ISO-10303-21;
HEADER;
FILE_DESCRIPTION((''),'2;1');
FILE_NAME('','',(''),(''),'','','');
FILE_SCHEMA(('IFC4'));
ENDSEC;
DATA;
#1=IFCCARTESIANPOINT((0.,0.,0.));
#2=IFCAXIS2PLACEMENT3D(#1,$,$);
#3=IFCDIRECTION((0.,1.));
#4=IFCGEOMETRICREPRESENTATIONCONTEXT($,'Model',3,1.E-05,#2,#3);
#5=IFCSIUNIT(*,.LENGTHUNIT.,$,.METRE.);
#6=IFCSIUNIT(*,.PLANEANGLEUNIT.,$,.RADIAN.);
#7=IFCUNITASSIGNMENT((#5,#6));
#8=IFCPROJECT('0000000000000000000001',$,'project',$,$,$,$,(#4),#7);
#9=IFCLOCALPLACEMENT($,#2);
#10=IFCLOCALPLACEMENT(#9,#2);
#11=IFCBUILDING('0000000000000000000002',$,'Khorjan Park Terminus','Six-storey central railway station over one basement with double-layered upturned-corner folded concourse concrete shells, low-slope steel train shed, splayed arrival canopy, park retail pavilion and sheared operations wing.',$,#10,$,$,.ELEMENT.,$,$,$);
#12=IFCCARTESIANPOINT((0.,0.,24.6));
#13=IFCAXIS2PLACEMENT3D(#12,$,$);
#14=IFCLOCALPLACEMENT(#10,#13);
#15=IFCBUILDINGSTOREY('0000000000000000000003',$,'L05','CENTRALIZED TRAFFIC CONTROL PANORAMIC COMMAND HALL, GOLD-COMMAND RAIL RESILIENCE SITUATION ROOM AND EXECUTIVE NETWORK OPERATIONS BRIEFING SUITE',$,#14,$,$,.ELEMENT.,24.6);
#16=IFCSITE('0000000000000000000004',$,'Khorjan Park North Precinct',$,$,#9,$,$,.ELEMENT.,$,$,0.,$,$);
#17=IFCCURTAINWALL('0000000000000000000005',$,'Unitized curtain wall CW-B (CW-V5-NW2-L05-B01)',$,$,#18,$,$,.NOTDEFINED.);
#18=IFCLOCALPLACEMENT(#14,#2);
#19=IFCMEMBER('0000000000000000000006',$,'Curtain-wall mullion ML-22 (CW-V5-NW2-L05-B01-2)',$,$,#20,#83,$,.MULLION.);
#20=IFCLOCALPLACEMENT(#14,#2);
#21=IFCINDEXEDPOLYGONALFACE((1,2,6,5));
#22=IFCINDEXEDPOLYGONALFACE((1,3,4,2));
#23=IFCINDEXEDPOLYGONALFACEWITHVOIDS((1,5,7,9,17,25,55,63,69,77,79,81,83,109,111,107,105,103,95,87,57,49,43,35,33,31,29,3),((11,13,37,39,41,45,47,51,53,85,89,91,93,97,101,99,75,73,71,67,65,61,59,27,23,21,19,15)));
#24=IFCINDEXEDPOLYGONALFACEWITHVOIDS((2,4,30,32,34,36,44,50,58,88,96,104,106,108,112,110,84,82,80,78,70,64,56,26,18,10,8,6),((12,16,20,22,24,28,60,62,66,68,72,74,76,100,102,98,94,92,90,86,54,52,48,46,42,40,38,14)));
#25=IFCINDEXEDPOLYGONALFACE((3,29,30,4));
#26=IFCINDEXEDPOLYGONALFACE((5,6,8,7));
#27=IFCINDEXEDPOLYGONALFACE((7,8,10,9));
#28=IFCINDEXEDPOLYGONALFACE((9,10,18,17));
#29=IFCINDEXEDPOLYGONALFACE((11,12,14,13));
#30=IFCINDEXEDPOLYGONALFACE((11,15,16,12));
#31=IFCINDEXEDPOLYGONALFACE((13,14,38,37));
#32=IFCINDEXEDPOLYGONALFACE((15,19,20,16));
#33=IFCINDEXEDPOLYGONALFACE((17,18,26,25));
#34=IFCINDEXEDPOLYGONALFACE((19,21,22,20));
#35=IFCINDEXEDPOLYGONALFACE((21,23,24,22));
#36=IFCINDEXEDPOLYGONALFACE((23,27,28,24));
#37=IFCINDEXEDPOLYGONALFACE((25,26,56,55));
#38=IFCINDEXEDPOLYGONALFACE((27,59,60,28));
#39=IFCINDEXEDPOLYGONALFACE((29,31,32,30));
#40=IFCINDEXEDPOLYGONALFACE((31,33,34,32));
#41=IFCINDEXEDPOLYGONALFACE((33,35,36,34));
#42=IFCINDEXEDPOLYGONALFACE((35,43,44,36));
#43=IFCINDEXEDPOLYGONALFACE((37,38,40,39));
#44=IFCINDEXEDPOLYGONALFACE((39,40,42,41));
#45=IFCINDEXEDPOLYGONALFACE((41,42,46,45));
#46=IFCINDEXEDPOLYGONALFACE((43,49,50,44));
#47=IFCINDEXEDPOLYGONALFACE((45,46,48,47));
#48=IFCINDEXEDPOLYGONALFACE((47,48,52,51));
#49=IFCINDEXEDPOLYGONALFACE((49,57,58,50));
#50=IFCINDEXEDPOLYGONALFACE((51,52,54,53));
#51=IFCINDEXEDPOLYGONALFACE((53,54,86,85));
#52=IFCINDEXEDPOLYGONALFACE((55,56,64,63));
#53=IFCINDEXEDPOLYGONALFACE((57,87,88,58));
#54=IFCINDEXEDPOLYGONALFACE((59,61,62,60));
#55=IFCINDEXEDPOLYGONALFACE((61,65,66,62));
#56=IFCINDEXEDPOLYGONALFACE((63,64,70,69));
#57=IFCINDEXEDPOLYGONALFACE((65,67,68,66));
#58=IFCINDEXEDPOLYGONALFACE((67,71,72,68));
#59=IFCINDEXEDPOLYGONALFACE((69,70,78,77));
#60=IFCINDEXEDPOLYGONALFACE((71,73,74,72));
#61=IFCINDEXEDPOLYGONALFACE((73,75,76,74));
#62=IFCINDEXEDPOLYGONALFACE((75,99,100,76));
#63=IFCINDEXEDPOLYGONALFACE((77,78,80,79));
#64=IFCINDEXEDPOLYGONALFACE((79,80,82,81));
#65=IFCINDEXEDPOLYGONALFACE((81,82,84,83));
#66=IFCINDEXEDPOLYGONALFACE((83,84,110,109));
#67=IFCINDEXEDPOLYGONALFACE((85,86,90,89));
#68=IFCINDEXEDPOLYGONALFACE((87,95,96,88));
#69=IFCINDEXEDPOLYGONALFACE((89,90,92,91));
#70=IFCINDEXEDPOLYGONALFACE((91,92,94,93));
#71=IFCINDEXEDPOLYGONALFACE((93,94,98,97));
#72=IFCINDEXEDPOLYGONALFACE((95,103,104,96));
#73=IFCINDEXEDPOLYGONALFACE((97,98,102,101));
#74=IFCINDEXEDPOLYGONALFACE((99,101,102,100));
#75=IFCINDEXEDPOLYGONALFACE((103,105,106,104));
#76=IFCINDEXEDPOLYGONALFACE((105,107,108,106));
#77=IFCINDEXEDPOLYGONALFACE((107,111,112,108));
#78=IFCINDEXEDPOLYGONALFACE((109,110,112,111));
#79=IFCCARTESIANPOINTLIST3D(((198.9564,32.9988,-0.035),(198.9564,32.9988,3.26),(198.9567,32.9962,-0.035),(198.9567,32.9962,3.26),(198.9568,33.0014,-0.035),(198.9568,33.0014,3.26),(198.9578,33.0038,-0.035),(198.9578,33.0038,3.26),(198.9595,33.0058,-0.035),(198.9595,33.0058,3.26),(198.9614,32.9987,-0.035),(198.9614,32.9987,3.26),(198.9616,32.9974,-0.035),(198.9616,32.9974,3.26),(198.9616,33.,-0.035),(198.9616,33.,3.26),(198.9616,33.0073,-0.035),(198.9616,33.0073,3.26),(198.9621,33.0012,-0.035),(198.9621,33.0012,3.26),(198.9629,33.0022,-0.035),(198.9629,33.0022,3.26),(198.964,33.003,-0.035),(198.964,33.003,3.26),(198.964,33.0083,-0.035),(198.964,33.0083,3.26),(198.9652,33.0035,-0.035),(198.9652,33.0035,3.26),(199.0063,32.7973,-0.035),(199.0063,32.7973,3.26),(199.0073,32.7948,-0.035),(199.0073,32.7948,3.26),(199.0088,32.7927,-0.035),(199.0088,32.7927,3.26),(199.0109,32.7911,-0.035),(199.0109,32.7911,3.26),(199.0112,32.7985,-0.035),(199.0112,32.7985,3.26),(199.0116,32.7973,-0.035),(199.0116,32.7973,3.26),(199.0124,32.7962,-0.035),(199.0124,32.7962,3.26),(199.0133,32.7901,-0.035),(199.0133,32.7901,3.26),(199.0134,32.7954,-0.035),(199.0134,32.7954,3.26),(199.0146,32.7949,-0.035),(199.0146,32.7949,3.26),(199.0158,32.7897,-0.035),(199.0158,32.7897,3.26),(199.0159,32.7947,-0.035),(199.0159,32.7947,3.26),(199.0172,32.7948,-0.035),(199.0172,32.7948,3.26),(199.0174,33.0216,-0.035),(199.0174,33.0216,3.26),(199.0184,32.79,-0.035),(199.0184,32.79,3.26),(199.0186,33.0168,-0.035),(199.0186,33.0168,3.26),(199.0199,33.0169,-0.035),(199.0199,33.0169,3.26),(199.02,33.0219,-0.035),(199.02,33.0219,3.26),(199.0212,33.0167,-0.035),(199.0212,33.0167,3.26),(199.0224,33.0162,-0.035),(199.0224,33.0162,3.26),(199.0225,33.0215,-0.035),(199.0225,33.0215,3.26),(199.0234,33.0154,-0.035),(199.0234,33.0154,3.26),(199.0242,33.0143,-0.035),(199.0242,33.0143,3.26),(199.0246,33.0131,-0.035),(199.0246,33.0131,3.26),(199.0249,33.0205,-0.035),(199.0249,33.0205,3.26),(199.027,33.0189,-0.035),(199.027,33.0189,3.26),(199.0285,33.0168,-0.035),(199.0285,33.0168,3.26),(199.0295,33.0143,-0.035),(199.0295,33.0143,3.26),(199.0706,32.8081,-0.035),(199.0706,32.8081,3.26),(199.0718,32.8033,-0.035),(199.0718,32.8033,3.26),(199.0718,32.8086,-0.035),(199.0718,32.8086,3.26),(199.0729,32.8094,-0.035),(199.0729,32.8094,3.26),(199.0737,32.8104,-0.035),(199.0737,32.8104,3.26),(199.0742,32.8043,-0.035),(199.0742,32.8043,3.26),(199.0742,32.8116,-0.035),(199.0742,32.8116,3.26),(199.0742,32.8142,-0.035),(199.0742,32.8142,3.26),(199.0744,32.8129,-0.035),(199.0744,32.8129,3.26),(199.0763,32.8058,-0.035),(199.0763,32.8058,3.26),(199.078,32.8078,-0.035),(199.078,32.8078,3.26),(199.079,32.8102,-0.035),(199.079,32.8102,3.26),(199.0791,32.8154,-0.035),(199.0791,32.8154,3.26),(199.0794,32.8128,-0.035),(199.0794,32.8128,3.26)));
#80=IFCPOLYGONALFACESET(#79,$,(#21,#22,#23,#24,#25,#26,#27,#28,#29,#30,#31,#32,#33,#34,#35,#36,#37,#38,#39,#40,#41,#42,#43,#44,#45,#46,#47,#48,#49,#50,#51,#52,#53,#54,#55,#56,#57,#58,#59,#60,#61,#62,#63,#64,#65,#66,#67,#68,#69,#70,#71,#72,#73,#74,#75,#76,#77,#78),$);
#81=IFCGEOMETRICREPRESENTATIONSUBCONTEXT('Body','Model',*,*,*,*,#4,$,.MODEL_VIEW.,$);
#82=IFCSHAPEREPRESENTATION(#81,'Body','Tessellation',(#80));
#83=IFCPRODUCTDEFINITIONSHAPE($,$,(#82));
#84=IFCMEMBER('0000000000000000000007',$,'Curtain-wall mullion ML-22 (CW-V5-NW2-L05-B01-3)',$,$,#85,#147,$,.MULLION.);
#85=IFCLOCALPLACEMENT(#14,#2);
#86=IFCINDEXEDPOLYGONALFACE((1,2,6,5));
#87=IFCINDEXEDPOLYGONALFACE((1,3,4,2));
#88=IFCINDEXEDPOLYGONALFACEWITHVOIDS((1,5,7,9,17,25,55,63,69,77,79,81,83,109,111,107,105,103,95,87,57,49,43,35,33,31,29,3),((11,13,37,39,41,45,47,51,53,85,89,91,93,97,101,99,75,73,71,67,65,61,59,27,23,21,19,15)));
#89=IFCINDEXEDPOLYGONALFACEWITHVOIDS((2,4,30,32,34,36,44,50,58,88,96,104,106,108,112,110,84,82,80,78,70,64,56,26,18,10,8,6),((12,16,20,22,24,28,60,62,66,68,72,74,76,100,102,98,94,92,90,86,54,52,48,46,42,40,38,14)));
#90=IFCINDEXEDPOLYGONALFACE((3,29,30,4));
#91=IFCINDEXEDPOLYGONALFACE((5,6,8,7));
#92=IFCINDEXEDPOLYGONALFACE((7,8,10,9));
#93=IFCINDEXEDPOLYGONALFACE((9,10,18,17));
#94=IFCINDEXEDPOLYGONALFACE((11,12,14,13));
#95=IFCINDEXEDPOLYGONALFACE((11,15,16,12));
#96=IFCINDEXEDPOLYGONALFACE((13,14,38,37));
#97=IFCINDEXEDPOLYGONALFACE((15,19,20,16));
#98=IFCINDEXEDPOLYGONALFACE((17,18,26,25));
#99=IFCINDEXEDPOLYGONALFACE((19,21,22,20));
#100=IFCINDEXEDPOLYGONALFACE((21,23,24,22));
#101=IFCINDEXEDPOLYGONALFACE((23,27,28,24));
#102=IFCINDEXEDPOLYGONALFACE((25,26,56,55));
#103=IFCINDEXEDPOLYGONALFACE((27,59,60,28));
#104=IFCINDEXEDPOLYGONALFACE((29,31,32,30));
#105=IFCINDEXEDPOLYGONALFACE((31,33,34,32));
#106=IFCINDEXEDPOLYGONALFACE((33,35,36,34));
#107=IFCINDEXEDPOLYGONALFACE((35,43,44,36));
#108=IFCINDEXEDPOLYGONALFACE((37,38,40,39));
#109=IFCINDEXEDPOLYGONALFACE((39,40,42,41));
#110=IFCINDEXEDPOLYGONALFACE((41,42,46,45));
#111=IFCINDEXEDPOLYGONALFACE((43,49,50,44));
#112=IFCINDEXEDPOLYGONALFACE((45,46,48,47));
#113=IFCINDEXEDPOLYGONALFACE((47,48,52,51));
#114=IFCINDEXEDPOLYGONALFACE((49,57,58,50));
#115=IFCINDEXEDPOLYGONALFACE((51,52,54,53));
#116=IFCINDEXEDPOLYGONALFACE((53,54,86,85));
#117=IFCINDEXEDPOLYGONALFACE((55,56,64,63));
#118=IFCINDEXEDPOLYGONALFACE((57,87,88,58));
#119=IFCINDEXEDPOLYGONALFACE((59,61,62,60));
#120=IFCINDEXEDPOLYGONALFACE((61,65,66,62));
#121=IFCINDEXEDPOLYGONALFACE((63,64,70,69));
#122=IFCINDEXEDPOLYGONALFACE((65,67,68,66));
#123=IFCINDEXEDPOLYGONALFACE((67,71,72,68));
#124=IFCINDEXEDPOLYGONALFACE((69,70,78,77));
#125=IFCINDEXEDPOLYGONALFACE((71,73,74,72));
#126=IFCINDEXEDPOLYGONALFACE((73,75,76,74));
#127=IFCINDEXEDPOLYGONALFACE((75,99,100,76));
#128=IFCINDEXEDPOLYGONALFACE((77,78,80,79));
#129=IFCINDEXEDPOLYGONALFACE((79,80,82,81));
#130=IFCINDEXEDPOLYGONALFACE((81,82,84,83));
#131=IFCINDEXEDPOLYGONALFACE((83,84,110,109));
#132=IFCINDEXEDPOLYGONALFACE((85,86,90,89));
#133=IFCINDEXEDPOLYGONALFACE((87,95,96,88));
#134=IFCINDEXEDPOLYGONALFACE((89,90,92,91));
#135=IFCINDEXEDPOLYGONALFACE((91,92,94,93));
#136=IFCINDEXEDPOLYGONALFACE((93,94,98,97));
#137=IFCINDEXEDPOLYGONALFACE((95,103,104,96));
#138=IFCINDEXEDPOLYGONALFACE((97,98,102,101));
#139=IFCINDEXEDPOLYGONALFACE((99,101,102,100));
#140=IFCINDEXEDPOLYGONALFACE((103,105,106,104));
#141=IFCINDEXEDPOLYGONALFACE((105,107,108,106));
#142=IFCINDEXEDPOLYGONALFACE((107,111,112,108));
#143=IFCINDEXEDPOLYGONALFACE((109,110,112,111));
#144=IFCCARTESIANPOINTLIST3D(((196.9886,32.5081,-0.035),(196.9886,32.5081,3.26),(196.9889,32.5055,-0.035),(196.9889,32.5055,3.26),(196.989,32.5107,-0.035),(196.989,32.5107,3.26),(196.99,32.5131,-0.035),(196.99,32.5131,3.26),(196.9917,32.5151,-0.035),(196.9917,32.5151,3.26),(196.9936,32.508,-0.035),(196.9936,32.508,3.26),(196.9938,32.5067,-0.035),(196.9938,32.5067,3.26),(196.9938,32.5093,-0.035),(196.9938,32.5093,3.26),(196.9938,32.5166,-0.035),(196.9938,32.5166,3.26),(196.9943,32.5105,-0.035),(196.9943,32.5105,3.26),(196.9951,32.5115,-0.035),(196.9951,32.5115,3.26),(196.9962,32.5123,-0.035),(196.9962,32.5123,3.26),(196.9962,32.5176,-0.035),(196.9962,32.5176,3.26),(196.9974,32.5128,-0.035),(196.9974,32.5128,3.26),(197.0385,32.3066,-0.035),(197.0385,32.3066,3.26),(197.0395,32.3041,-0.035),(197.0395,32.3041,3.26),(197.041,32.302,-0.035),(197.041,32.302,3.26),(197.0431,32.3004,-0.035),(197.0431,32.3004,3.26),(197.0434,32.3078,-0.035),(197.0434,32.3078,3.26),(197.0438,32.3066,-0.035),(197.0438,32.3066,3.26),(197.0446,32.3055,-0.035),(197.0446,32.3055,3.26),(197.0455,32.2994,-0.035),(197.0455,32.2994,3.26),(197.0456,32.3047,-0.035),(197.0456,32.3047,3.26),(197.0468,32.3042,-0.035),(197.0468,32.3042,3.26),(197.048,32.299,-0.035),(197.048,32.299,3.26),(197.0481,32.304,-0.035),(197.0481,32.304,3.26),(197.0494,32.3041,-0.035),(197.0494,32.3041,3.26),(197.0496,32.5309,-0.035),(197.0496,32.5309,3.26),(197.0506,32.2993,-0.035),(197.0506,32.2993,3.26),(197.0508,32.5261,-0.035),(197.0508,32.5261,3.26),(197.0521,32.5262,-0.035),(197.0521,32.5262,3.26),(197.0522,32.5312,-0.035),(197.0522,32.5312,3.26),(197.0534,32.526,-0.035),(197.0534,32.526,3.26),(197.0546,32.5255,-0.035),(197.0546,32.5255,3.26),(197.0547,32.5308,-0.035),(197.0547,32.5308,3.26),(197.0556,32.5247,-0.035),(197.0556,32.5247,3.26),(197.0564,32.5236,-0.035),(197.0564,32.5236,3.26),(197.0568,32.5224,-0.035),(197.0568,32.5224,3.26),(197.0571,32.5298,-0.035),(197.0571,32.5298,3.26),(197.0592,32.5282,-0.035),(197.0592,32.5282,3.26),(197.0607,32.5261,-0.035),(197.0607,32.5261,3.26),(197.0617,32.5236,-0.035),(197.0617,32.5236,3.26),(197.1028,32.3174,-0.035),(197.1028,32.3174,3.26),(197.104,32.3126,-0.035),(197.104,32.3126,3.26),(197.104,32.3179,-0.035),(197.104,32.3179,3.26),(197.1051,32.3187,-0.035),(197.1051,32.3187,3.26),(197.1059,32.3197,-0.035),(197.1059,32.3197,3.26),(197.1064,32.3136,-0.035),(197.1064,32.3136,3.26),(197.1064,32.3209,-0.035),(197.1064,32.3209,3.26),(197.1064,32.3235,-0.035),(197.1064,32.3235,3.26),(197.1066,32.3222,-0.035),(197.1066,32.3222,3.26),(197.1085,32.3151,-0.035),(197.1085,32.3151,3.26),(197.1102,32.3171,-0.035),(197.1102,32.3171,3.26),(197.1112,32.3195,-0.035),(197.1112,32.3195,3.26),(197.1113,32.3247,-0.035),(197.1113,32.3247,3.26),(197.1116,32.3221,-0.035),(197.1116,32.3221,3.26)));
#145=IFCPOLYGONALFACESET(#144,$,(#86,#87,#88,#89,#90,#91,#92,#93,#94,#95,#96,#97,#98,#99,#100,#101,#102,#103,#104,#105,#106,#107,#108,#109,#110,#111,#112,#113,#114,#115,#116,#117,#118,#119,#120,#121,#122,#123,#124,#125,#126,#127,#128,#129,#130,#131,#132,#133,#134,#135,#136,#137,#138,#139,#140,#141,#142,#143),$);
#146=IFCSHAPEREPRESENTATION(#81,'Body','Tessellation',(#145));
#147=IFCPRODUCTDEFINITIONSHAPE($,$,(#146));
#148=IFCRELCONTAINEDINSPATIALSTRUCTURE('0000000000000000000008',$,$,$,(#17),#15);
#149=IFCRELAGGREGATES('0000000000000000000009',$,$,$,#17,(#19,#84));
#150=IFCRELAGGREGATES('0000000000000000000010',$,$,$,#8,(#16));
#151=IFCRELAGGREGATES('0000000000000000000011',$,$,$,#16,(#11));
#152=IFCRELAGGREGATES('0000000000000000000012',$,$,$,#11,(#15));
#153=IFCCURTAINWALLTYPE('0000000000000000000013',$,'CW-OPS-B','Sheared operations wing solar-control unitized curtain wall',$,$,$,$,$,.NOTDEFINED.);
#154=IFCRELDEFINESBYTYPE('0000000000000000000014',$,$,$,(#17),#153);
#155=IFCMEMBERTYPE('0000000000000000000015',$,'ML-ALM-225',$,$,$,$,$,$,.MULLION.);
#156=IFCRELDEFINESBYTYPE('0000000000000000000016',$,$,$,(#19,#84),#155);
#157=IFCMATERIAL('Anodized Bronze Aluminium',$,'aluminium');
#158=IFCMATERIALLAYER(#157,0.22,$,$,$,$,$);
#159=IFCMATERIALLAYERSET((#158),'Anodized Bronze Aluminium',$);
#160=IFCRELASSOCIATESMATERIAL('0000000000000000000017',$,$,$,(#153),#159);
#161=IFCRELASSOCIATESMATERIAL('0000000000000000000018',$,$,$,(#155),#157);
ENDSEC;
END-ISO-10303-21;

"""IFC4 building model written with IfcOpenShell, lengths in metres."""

from ifc_helpers import new_model, si_unit, direction, frame, origin, origin_2d, place, context, subcontext, project, spatial, hollow_rectangle, extrude, material, layer, layer_set, material_profile, profile_set, type_object, element, aggregate, save


model = new_model("IFC4")

# Units and contexts
model_context = context("Model", 3, precision=1e-05, world=origin(), true_north=direction((0.0, 1.0)))
body_context = subcontext(model_context, "Body", "Model", "MODEL_VIEW")
ifc_project = project(units=[si_unit("LENGTHUNIT", "METRE"), si_unit("PLANEANGLEUNIT", "RADIAN")], contexts=[model_context])

# Site, building, storey
site_placement = place(None, origin())
site = spatial("IfcSite", under=ifc_project, at=site_placement, Name="Khorjan Park North Precinct", CompositionType="ELEMENT", RefElevation=0.0)
building_placement = place(site_placement, origin())
building = spatial("IfcBuilding", under=site, at=building_placement, Name="Khorjan Park Terminus", Description="Six-storey central railway station over one basement with double-layered upturned-corner folded concourse concrete shells, low-slope steel train shed, splayed arrival canopy, park retail pavilion and sheared operations wing.", CompositionType="ELEMENT")
storey_placement = place(building_placement, frame((0.0, 0.0, 24.6)))
storey = spatial("IfcBuildingStorey", under=building, at=storey_placement, Name="L05", Description="CENTRALIZED TRAFFIC CONTROL PANORAMIC COMMAND HALL, GOLD-COMMAND RAIL RESILIENCE SITUATION ROOM AND EXECUTIVE NETWORK OPERATIONS BRIEFING SUITE", CompositionType="ELEMENT", Elevation=24.6)

# Curtain wall, members
ifc_material_1 = material(Name="Anodized Bronze Aluminium", Category="aluminium")
ifc_layer_1 = layer(ifc_material_1, 0.22)
ifc_layer_set_1 = layer_set([ifc_layer_1], Name="Anodized Bronze Aluminium")
curtain_wall_type = type_object("IfcCurtainWallType", Name="CW-OPS-B", Description="Sheared operations wing solar-control unitized curtain wall", PredefinedType="NOTDEFINED", material=ifc_layer_set_1)
curtain_wall_placement = place(storey_placement, origin())
curtain_wall = element("IfcCurtainWall", 1, at=curtain_wall_placement, inside=storey, type_object=curtain_wall_type, Name="Unitized curtain wall CW-B (CW-V5-NW2-L05-B01)", PredefinedType="NOTDEFINED")
ifc_material_profile_1 = material_profile(ifc_material_1, hollow_rectangle(XDim=0.075, YDim=0.225, WallThickness=0.005, InnerFilletRadius=0.005, OuterFilletRadius=0.01, at=origin_2d()), Name="ALM 75x225x5")
ifc_profile_set_1 = profile_set([ifc_material_profile_1], Name="Anodized Bronze Aluminium")
member_type_1 = type_object("IfcMemberType", Name="ML-ALM-225", PredefinedType="MULLION", material=ifc_profile_set_1)
member_1_placement = place(storey_placement, frame((199.0179, 32.9058, -0.035), z_axis=(0.0, 0.0, 1.0), x_axis=(-0.970294, -0.241928, 0.0)))
member_1 = element("IfcMember", 2, at=member_1_placement, type_object=member_type_1, Name="Curtain-wall mullion ML-22 (CW-V5-NW2-L05-B01-2)", PredefinedType="MULLION", context=body_context, shape_type="SweptSolid", body=[
    extrude(hollow_rectangle(XDim=0.075, YDim=0.225, WallThickness=0.005, InnerFilletRadius=0.005, OuterFilletRadius=0.01, at=origin_2d()), origin(), (0.0, 0.0, 1.0), 3.295),
])
member_2_placement = place(storey_placement, frame((197.0501, 32.4151, -0.035), z_axis=(0.0, 0.0, 1.0), x_axis=(-0.970294, -0.241928, 0.0)))
member_2 = element("IfcMember", 3, at=member_2_placement, type_object=member_type_1, Name="Curtain-wall mullion ML-22 (CW-V5-NW2-L05-B01-3)", PredefinedType="MULLION", context=body_context, shape_type="SweptSolid", body=[
    extrude(hollow_rectangle(XDim=0.075, YDim=0.225, WallThickness=0.005, InnerFilletRadius=0.005, OuterFilletRadius=0.01, at=origin_2d()), origin(), (0.0, 0.0, 1.0), 3.295),
])
aggregate(curtain_wall, [member_1, member_2])

save(model, "model.ifc")
